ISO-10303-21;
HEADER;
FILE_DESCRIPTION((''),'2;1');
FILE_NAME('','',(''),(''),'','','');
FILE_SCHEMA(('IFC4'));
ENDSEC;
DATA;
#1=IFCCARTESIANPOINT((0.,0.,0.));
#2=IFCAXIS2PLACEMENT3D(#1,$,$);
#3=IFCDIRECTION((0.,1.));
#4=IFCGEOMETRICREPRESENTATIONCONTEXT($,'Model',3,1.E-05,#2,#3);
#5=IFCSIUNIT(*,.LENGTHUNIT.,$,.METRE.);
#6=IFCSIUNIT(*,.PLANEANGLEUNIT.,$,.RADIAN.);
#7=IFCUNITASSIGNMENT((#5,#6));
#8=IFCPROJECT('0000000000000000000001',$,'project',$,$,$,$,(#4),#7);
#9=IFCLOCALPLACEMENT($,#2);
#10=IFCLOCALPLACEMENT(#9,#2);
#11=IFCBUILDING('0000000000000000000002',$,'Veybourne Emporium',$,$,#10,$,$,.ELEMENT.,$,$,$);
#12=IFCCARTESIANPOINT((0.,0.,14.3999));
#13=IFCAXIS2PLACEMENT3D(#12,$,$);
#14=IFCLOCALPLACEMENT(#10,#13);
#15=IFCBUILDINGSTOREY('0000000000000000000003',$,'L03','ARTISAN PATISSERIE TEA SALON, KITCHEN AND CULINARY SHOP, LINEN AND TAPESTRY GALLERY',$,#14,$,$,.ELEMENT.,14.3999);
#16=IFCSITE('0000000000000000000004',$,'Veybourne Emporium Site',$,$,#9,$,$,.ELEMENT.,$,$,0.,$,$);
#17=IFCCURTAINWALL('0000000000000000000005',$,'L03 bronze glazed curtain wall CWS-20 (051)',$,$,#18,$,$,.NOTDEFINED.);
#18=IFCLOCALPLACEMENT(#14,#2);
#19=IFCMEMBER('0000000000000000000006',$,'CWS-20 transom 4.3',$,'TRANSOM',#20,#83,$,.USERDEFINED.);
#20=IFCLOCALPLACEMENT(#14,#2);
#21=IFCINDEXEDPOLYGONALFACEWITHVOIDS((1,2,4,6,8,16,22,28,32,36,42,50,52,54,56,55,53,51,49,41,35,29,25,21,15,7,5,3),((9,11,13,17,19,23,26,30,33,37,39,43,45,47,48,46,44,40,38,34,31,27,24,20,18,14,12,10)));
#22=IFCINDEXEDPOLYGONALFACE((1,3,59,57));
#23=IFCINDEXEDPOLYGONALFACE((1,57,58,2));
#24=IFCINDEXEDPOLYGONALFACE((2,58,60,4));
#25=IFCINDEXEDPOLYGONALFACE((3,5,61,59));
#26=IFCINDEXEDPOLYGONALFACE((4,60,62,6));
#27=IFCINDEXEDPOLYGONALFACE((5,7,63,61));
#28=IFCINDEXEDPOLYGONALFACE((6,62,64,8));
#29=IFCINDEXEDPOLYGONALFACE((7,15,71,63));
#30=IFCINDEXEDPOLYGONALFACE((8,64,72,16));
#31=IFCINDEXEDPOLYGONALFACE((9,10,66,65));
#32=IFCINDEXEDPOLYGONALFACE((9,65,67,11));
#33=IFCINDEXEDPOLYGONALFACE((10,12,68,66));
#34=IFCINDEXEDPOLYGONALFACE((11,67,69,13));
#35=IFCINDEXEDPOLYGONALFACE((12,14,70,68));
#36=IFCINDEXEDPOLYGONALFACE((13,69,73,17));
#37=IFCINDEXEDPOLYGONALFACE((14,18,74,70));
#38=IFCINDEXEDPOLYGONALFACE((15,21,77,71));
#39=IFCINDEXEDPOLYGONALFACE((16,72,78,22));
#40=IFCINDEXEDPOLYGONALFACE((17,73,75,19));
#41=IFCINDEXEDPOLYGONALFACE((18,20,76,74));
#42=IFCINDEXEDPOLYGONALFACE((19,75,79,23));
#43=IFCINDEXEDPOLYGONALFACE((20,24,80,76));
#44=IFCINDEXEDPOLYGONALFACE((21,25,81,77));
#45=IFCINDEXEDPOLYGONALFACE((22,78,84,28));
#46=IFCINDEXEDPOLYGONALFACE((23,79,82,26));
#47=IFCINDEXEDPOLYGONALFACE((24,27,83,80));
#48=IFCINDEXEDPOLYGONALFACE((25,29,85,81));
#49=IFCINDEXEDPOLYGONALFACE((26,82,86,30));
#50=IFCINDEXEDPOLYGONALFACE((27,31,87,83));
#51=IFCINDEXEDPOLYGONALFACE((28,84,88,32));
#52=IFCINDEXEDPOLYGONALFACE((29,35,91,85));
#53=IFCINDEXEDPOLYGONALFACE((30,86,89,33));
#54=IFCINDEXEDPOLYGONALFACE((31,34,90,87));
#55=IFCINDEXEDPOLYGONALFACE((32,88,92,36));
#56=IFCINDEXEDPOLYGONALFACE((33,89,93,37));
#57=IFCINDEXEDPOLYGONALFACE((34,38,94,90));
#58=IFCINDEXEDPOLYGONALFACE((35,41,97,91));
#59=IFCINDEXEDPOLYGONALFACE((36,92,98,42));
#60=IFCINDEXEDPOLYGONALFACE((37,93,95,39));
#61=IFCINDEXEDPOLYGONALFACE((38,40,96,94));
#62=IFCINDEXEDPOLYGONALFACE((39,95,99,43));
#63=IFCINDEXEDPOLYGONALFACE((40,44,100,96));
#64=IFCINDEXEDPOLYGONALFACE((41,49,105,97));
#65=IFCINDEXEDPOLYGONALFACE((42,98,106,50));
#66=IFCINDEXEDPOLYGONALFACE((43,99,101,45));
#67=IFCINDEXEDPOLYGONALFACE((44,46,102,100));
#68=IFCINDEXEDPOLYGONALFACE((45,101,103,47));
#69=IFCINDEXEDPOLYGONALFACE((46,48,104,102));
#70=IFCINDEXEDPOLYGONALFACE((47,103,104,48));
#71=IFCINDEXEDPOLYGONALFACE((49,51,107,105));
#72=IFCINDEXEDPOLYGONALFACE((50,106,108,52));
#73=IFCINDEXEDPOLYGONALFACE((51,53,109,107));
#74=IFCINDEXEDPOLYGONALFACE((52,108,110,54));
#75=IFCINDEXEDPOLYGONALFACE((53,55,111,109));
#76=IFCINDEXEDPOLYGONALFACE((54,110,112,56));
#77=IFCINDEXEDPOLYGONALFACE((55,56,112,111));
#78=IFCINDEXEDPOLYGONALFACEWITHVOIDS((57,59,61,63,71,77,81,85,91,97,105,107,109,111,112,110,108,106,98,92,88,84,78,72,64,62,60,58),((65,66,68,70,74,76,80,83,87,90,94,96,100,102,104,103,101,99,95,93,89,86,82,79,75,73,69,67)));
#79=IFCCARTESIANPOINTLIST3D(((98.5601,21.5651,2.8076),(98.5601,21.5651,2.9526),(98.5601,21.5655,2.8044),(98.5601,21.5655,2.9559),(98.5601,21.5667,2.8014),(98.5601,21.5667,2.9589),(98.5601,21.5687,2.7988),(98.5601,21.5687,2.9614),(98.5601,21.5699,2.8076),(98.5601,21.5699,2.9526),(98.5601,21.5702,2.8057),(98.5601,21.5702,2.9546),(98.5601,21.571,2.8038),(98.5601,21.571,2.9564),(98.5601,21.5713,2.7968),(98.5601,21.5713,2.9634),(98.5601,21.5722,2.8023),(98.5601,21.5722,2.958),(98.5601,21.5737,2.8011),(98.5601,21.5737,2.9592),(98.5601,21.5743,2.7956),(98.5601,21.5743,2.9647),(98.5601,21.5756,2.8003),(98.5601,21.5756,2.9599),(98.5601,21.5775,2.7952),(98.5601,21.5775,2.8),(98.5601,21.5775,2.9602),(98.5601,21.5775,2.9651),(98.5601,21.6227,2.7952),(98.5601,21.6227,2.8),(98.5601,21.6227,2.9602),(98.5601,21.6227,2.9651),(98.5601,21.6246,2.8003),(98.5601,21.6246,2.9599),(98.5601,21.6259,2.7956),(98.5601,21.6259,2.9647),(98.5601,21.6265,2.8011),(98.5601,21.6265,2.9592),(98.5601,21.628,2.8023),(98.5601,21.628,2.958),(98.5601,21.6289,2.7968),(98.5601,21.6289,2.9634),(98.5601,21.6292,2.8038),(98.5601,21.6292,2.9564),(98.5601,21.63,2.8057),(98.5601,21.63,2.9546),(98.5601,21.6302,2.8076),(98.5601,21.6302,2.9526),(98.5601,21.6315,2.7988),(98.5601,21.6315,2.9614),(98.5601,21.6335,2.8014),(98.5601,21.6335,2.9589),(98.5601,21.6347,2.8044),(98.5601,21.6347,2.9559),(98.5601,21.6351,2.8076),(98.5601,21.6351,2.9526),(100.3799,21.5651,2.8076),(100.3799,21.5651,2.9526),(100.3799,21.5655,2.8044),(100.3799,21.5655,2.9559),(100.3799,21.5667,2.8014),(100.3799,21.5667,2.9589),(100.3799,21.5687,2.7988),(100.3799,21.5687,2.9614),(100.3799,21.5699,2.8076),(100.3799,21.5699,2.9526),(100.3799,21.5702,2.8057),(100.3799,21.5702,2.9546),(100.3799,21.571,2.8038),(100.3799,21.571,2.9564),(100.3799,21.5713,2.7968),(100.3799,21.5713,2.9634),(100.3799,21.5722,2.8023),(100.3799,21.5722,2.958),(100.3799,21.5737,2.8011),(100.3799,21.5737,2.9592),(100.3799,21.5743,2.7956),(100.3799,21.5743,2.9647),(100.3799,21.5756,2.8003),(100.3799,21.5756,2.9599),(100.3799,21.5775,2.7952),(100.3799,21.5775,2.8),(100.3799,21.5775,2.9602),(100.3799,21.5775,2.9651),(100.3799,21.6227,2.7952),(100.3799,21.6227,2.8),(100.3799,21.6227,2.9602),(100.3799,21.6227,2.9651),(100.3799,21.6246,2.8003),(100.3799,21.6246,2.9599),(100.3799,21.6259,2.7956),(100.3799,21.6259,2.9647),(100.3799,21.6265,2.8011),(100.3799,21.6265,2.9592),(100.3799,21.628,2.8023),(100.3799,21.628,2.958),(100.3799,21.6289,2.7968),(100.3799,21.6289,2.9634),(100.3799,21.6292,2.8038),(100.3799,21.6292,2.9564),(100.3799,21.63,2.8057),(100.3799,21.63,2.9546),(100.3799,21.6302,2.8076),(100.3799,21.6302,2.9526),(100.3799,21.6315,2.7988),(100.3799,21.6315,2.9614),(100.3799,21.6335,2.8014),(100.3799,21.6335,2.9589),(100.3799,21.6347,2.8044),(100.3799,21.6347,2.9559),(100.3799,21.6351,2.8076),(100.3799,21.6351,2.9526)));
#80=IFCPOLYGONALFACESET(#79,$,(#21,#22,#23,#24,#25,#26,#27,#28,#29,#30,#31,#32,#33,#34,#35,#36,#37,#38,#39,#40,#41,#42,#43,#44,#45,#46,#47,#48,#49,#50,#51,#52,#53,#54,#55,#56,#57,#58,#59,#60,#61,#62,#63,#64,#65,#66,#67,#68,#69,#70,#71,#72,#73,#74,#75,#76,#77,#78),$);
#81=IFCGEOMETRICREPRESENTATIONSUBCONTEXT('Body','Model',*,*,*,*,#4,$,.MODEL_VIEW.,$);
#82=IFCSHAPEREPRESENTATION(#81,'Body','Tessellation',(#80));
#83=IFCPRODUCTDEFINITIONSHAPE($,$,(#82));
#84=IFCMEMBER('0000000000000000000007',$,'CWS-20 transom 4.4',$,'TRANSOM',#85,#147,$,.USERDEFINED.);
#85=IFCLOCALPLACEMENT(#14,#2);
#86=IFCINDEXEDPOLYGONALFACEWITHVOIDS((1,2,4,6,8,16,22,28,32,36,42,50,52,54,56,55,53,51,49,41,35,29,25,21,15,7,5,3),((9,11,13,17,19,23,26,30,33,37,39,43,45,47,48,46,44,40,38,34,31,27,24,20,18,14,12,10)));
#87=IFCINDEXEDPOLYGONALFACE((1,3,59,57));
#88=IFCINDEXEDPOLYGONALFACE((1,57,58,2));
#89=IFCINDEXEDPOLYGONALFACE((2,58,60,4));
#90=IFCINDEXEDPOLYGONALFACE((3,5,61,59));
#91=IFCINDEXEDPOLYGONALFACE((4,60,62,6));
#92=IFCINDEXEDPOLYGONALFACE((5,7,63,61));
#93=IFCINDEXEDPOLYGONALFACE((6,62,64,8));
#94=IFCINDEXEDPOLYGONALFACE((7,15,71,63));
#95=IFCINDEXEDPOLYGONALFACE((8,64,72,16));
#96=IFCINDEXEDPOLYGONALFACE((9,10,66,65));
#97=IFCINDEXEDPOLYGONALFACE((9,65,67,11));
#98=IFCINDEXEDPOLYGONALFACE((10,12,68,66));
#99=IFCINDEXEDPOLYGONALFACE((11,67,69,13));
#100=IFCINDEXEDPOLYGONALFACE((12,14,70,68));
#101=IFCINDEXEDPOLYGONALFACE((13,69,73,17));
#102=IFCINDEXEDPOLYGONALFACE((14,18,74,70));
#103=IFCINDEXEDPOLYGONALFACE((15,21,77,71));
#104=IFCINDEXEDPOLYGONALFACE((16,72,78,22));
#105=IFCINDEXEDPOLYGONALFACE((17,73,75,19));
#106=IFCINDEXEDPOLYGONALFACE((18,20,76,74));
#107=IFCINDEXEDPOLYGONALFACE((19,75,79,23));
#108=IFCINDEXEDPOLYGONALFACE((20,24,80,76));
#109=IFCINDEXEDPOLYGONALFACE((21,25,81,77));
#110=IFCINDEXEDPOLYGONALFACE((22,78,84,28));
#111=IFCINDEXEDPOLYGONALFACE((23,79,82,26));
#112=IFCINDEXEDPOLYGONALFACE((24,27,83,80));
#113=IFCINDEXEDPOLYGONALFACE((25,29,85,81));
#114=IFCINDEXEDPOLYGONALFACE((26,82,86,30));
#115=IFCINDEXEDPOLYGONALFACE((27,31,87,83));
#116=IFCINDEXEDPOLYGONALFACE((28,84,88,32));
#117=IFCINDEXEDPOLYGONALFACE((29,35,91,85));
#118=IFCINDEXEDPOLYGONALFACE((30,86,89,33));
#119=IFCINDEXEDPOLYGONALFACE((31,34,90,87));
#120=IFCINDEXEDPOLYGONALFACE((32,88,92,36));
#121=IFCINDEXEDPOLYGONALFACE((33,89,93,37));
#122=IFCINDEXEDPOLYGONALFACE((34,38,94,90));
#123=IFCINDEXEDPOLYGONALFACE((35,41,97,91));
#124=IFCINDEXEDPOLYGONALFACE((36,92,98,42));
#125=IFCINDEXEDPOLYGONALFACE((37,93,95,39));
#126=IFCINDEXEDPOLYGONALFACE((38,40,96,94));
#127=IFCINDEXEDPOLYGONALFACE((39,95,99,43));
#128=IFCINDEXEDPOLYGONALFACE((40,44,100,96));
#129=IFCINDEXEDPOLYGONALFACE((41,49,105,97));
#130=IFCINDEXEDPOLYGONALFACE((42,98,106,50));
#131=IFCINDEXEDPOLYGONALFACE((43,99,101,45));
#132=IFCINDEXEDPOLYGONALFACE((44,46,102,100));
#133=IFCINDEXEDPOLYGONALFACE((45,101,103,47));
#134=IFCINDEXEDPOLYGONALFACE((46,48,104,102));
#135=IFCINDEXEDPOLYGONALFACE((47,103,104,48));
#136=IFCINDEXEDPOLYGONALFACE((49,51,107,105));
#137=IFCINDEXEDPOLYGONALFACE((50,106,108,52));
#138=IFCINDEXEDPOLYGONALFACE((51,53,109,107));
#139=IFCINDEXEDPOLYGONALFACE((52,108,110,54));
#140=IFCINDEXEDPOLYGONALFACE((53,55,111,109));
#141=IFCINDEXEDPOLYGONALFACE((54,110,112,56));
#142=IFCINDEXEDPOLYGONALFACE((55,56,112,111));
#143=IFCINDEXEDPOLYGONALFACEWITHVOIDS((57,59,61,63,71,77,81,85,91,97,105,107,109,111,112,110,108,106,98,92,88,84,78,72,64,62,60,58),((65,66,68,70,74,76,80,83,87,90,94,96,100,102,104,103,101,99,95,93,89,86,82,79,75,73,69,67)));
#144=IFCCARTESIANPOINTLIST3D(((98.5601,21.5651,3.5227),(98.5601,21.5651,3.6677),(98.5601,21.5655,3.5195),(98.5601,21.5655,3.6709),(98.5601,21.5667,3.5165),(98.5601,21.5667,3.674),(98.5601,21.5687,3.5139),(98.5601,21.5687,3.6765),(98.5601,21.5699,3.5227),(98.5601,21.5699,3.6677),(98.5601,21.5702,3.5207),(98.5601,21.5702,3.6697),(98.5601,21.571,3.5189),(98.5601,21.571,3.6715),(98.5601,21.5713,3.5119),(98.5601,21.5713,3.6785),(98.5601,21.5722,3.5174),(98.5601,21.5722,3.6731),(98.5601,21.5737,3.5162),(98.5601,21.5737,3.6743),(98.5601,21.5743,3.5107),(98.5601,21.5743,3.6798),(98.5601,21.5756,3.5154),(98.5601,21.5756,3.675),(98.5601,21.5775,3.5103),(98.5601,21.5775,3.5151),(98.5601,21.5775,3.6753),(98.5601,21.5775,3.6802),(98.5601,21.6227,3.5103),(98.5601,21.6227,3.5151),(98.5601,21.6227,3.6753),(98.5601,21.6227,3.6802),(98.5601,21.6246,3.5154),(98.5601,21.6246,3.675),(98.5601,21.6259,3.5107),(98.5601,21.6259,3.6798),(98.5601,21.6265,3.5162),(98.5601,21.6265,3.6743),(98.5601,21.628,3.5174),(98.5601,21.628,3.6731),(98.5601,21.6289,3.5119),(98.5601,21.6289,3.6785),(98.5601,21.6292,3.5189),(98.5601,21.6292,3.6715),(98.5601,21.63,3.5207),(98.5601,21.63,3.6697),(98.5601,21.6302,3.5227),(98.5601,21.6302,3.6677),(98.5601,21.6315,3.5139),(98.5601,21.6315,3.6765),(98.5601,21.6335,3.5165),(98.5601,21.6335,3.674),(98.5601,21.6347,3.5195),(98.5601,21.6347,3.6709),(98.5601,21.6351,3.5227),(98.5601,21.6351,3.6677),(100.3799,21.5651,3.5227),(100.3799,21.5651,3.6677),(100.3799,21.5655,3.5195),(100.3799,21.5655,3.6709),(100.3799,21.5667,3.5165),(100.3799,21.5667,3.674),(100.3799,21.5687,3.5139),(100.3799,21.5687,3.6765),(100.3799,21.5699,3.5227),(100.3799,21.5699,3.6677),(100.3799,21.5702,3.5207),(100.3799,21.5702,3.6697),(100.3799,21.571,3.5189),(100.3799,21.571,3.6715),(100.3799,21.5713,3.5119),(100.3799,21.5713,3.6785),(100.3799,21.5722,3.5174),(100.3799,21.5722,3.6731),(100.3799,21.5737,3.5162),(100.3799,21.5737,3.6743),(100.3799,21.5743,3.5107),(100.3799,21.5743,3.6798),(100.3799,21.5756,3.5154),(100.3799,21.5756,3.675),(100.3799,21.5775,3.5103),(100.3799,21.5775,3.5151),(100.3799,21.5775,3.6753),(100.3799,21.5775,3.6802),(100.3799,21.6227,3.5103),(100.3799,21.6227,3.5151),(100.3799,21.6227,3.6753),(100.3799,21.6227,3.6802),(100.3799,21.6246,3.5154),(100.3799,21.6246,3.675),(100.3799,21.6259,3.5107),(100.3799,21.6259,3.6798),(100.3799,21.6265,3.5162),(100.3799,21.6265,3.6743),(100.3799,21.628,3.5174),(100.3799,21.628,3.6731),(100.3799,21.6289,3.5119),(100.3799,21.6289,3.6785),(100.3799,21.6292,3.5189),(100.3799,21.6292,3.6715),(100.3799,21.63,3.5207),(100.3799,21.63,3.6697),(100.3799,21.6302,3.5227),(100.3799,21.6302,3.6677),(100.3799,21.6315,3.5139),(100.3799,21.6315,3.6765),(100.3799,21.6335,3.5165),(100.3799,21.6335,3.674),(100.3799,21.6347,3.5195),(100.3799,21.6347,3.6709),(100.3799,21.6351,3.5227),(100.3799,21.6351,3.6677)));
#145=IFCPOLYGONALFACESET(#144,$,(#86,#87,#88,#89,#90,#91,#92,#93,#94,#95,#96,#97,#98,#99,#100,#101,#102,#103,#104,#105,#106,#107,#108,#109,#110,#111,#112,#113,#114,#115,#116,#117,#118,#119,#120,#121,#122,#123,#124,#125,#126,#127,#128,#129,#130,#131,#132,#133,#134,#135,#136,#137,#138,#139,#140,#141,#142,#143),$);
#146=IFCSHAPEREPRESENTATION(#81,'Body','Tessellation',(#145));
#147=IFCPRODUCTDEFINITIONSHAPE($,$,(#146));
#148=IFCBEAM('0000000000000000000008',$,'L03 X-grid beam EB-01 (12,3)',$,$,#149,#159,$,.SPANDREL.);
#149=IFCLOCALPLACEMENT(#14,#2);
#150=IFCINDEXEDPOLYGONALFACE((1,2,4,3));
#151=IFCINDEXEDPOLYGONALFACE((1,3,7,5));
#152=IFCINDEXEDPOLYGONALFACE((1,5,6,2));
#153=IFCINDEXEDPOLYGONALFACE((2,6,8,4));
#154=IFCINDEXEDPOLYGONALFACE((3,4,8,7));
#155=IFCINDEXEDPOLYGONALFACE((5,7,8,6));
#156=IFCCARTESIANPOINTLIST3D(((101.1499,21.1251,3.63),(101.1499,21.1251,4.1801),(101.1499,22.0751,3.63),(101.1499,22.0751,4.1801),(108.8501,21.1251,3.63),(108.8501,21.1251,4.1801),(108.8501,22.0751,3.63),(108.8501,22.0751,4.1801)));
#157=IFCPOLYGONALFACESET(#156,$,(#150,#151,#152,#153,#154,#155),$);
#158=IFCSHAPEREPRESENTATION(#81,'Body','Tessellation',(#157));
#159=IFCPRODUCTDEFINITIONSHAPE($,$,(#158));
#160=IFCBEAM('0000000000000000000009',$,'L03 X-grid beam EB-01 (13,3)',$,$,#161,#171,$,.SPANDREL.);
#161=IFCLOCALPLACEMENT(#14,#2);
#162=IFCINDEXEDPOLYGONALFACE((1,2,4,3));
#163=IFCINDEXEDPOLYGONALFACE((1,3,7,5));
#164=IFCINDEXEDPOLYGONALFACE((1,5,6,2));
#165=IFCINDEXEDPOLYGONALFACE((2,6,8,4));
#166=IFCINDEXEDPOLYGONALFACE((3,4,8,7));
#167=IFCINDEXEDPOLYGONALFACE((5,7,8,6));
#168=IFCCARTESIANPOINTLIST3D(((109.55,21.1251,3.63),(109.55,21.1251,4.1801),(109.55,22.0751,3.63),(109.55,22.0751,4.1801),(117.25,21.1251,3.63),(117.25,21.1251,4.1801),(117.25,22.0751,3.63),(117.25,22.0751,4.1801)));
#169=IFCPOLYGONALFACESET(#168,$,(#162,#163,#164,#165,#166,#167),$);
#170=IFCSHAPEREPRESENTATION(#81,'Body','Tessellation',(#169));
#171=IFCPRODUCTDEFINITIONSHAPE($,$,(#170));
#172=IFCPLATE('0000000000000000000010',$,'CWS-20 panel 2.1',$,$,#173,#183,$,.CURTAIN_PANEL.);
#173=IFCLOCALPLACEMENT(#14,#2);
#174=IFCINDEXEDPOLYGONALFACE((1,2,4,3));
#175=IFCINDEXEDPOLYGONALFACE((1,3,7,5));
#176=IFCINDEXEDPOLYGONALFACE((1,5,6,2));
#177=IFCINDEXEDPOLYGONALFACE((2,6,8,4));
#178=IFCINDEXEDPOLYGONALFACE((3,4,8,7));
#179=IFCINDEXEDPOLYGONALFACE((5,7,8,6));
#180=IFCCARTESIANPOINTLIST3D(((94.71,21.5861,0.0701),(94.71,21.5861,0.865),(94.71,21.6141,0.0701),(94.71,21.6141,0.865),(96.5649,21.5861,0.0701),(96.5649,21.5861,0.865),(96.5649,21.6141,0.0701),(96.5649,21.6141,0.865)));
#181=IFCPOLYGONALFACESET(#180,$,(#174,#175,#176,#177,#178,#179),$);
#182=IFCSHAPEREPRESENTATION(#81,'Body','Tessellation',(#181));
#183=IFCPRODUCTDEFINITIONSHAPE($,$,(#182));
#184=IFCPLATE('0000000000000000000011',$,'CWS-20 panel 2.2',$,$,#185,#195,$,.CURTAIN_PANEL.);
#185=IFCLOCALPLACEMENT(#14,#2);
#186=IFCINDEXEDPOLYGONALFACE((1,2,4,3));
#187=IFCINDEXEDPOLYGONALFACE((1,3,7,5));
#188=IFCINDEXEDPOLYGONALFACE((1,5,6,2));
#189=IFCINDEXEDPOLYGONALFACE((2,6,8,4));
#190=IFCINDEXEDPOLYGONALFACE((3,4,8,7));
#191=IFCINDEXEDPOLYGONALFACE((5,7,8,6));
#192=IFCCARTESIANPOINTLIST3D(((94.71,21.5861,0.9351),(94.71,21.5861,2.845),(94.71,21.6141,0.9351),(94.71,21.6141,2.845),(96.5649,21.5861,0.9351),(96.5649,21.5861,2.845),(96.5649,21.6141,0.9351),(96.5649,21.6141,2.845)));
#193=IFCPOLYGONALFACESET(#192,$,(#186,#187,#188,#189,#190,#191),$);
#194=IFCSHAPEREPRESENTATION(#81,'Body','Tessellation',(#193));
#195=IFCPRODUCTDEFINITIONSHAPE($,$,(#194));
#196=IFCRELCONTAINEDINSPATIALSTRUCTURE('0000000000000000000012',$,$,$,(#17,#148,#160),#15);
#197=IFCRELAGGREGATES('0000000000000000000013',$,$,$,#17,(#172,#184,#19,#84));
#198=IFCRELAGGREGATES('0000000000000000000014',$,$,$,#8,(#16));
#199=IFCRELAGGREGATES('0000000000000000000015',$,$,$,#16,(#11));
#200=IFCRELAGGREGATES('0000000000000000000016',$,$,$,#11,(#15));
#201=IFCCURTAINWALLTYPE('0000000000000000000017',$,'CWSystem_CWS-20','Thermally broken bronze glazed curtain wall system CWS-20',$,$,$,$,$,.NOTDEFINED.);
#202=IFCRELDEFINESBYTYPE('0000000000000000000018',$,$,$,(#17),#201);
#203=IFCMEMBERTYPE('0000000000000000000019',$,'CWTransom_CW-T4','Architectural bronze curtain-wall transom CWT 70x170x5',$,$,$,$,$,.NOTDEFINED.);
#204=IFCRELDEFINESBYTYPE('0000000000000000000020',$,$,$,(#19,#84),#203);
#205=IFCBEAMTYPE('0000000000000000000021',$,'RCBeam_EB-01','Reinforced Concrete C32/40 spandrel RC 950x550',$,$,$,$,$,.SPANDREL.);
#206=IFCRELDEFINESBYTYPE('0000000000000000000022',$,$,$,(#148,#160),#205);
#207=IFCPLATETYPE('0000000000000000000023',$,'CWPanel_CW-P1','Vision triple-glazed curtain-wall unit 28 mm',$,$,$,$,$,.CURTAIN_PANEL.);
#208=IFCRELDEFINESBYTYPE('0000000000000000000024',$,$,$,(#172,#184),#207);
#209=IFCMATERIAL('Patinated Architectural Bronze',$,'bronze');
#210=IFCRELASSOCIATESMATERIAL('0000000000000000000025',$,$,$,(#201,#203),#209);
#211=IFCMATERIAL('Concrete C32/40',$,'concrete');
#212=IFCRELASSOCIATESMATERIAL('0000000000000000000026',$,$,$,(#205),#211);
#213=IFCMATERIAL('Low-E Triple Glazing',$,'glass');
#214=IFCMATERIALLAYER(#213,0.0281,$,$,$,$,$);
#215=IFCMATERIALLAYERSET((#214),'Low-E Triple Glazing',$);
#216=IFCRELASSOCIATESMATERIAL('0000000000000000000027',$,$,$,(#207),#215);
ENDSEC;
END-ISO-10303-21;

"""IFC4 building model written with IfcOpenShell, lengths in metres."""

from ifc_helpers import new_model, si_unit, direction, frame, origin, origin_2d, place, context, subcontext, project, spatial, rectangle, hollow_rectangle, extrude, material, layer, layer_set, material_profile, profile_set, type_object, element, aggregate, save


model = new_model("IFC4")

# Units and contexts
model_context = context("Model", 3, precision=1e-05, world=origin(), true_north=direction((0.0, 1.0)))
body_context = subcontext(model_context, "Body", "Model", "MODEL_VIEW")
ifc_project = project(units=[si_unit("LENGTHUNIT", "METRE"), si_unit("PLANEANGLEUNIT", "RADIAN")], contexts=[model_context])

# Site, building, storey
site_placement = place(None, origin())
site = spatial("IfcSite", under=ifc_project, at=site_placement, Name="Veybourne Emporium Site", CompositionType="ELEMENT", RefElevation=0.0)
building_placement = place(site_placement, origin())
building = spatial("IfcBuilding", under=site, at=building_placement, Name="Veybourne Emporium", CompositionType="ELEMENT")
storey_placement = place(building_placement, frame((0.0, 0.0, 14.3999)))
storey = spatial("IfcBuildingStorey", under=building, at=storey_placement, Name="L03", Description="ARTISAN PATISSERIE TEA SALON, KITCHEN AND CULINARY SHOP, LINEN AND TAPESTRY GALLERY", CompositionType="ELEMENT", Elevation=14.3999)

# Curtain wall, members
ifc_material_1 = material(Name="Patinated Architectural Bronze", Category="bronze")
curtain_wall_type = type_object("IfcCurtainWallType", Name="CWSystem_CWS-20", Description="Thermally broken bronze glazed curtain wall system CWS-20", PredefinedType="NOTDEFINED", material=ifc_material_1)
curtain_wall_placement = place(storey_placement, origin())
curtain_wall = element("IfcCurtainWall", 1, at=curtain_wall_placement, inside=storey, type_object=curtain_wall_type, Name="L03 bronze glazed curtain wall CWS-20 (051)", PredefinedType="NOTDEFINED")
ifc_material_profile_1 = material_profile(ifc_material_1, hollow_rectangle(XDim=0.0701, YDim=0.1699, WallThickness=0.0049, InnerFilletRadius=0.0076, OuterFilletRadius=0.0125, at=origin_2d()), Name="CWT 70x170x5")
ifc_profile_set_1 = profile_set([ifc_material_profile_1], Name="Patinated Architectural Bronze")
member_type_1 = type_object("IfcMemberType", Name="CWTransom_CW-T4", Description="Architectural bronze curtain-wall transom CWT 70x170x5", PredefinedType="NOTDEFINED", material=ifc_profile_set_1)
member_1_placement = place(storey_placement, frame((98.5601, 21.6001, 2.8801), z_axis=(1.0, 0.0, 0.0), x_axis=(0.0, 1.0, 0.0)))
member_1 = element("IfcMember", 2, at=member_1_placement, type_object=member_type_1, Name="CWS-20 transom 4.3", ObjectType="TRANSOM", PredefinedType="USERDEFINED", context=body_context, shape_type="SweptSolid", body=[
    extrude(hollow_rectangle(XDim=0.0701, YDim=0.1699, WallThickness=0.0049, InnerFilletRadius=0.0076, OuterFilletRadius=0.0125, at=origin_2d()), origin(), (0.0, 0.0, 1.0), 1.8198),
])
member_2_placement = place(storey_placement, frame((98.5601, 21.6001, 3.5952), z_axis=(1.0, 0.0, 0.0), x_axis=(0.0, 1.0, 0.0)))
member_2 = element("IfcMember", 3, at=member_2_placement, type_object=member_type_1, Name="CWS-20 transom 4.4", ObjectType="TRANSOM", PredefinedType="USERDEFINED", context=body_context, shape_type="SweptSolid", body=[
    extrude(hollow_rectangle(XDim=0.0701, YDim=0.1699, WallThickness=0.0049, InnerFilletRadius=0.0076, OuterFilletRadius=0.0125, at=origin_2d()), origin(), (0.0, 0.0, 1.0), 1.8198),
])

# Beams
ifc_material_2 = material(Name="Concrete C32/40", Category="concrete")
ifc_material_profile_2 = material_profile(ifc_material_2, rectangle(XDim=0.95, YDim=0.55, at=origin_2d()), Name="RC 950x550")
ifc_profile_set_2 = profile_set([ifc_material_profile_2], Name="Concrete C32/40")
beam_type = type_object("IfcBeamType", Name="RCBeam_EB-01", Description="Reinforced Concrete C32/40 spandrel RC 950x550", PredefinedType="SPANDREL", material=ifc_profile_set_2)
beam_1_placement = place(storey_placement, frame((101.1499, 21.6001, 3.905), z_axis=(1.0, 0.0, 0.0), x_axis=(0.0, 1.0, 0.0)))
element("IfcBeam", 4, at=beam_1_placement, inside=storey, type_object=beam_type, Name="L03 X-grid beam EB-01 (12,3)", PredefinedType="SPANDREL", context=body_context, shape_type="SweptSolid", body=[
    extrude(rectangle(XDim=0.95, YDim=0.55, at=origin_2d()), origin(), (0.0, 0.0, 1.0), 7.7002),
])
beam_2_placement = place(storey_placement, frame((109.55, 21.6001, 3.905), z_axis=(1.0, 0.0, 0.0), x_axis=(0.0, 1.0, 0.0)))
element("IfcBeam", 5, at=beam_2_placement, inside=storey, type_object=beam_type, Name="L03 X-grid beam EB-01 (13,3)", PredefinedType="SPANDREL", context=body_context, shape_type="SweptSolid", body=[
    extrude(rectangle(XDim=0.95, YDim=0.55, at=origin_2d()), origin(), (0.0, 0.0, 1.0), 7.7),
])

# Plates
ifc_material_3 = material(Name="Low-E Triple Glazing", Category="glass")
ifc_layer_1 = layer(ifc_material_3, 0.0281)
ifc_layer_set_1 = layer_set([ifc_layer_1], Name="Low-E Triple Glazing")
plate_type = type_object("IfcPlateType", Name="CWPanel_CW-P1", Description="Vision triple-glazed curtain-wall unit 28 mm", PredefinedType="CURTAIN_PANEL", material=ifc_layer_set_1)
plate_1_placement = place(storey_placement, frame((95.6375, 21.6001, 0.0701), z_axis=(0.0, 0.0, 1.0), x_axis=(1.0, 0.0, 0.0)))
plate_1 = element("IfcPlate", 6, at=plate_1_placement, type_object=plate_type, Name="CWS-20 panel 2.1", PredefinedType="CURTAIN_PANEL", context=body_context, shape_type="SweptSolid", body=[
    extrude(rectangle(XDim=1.855, YDim=0.0281, at=origin_2d()), origin(), (0.0, 0.0, 1.0), 0.7949),
])
plate_2_placement = place(storey_placement, frame((95.6375, 21.6001, 0.9351), z_axis=(0.0, 0.0, 1.0), x_axis=(1.0, 0.0, 0.0)))
plate_2 = element("IfcPlate", 7, at=plate_2_placement, type_object=plate_type, Name="CWS-20 panel 2.2", PredefinedType="CURTAIN_PANEL", context=body_context, shape_type="SweptSolid", body=[
    extrude(rectangle(XDim=1.855, YDim=0.0281, at=origin_2d()), origin(), (0.0, 0.0, 1.0), 1.9099),
])
aggregate(curtain_wall, [plate_1, plate_2, member_1, member_2])

save(model, "model.ifc")
